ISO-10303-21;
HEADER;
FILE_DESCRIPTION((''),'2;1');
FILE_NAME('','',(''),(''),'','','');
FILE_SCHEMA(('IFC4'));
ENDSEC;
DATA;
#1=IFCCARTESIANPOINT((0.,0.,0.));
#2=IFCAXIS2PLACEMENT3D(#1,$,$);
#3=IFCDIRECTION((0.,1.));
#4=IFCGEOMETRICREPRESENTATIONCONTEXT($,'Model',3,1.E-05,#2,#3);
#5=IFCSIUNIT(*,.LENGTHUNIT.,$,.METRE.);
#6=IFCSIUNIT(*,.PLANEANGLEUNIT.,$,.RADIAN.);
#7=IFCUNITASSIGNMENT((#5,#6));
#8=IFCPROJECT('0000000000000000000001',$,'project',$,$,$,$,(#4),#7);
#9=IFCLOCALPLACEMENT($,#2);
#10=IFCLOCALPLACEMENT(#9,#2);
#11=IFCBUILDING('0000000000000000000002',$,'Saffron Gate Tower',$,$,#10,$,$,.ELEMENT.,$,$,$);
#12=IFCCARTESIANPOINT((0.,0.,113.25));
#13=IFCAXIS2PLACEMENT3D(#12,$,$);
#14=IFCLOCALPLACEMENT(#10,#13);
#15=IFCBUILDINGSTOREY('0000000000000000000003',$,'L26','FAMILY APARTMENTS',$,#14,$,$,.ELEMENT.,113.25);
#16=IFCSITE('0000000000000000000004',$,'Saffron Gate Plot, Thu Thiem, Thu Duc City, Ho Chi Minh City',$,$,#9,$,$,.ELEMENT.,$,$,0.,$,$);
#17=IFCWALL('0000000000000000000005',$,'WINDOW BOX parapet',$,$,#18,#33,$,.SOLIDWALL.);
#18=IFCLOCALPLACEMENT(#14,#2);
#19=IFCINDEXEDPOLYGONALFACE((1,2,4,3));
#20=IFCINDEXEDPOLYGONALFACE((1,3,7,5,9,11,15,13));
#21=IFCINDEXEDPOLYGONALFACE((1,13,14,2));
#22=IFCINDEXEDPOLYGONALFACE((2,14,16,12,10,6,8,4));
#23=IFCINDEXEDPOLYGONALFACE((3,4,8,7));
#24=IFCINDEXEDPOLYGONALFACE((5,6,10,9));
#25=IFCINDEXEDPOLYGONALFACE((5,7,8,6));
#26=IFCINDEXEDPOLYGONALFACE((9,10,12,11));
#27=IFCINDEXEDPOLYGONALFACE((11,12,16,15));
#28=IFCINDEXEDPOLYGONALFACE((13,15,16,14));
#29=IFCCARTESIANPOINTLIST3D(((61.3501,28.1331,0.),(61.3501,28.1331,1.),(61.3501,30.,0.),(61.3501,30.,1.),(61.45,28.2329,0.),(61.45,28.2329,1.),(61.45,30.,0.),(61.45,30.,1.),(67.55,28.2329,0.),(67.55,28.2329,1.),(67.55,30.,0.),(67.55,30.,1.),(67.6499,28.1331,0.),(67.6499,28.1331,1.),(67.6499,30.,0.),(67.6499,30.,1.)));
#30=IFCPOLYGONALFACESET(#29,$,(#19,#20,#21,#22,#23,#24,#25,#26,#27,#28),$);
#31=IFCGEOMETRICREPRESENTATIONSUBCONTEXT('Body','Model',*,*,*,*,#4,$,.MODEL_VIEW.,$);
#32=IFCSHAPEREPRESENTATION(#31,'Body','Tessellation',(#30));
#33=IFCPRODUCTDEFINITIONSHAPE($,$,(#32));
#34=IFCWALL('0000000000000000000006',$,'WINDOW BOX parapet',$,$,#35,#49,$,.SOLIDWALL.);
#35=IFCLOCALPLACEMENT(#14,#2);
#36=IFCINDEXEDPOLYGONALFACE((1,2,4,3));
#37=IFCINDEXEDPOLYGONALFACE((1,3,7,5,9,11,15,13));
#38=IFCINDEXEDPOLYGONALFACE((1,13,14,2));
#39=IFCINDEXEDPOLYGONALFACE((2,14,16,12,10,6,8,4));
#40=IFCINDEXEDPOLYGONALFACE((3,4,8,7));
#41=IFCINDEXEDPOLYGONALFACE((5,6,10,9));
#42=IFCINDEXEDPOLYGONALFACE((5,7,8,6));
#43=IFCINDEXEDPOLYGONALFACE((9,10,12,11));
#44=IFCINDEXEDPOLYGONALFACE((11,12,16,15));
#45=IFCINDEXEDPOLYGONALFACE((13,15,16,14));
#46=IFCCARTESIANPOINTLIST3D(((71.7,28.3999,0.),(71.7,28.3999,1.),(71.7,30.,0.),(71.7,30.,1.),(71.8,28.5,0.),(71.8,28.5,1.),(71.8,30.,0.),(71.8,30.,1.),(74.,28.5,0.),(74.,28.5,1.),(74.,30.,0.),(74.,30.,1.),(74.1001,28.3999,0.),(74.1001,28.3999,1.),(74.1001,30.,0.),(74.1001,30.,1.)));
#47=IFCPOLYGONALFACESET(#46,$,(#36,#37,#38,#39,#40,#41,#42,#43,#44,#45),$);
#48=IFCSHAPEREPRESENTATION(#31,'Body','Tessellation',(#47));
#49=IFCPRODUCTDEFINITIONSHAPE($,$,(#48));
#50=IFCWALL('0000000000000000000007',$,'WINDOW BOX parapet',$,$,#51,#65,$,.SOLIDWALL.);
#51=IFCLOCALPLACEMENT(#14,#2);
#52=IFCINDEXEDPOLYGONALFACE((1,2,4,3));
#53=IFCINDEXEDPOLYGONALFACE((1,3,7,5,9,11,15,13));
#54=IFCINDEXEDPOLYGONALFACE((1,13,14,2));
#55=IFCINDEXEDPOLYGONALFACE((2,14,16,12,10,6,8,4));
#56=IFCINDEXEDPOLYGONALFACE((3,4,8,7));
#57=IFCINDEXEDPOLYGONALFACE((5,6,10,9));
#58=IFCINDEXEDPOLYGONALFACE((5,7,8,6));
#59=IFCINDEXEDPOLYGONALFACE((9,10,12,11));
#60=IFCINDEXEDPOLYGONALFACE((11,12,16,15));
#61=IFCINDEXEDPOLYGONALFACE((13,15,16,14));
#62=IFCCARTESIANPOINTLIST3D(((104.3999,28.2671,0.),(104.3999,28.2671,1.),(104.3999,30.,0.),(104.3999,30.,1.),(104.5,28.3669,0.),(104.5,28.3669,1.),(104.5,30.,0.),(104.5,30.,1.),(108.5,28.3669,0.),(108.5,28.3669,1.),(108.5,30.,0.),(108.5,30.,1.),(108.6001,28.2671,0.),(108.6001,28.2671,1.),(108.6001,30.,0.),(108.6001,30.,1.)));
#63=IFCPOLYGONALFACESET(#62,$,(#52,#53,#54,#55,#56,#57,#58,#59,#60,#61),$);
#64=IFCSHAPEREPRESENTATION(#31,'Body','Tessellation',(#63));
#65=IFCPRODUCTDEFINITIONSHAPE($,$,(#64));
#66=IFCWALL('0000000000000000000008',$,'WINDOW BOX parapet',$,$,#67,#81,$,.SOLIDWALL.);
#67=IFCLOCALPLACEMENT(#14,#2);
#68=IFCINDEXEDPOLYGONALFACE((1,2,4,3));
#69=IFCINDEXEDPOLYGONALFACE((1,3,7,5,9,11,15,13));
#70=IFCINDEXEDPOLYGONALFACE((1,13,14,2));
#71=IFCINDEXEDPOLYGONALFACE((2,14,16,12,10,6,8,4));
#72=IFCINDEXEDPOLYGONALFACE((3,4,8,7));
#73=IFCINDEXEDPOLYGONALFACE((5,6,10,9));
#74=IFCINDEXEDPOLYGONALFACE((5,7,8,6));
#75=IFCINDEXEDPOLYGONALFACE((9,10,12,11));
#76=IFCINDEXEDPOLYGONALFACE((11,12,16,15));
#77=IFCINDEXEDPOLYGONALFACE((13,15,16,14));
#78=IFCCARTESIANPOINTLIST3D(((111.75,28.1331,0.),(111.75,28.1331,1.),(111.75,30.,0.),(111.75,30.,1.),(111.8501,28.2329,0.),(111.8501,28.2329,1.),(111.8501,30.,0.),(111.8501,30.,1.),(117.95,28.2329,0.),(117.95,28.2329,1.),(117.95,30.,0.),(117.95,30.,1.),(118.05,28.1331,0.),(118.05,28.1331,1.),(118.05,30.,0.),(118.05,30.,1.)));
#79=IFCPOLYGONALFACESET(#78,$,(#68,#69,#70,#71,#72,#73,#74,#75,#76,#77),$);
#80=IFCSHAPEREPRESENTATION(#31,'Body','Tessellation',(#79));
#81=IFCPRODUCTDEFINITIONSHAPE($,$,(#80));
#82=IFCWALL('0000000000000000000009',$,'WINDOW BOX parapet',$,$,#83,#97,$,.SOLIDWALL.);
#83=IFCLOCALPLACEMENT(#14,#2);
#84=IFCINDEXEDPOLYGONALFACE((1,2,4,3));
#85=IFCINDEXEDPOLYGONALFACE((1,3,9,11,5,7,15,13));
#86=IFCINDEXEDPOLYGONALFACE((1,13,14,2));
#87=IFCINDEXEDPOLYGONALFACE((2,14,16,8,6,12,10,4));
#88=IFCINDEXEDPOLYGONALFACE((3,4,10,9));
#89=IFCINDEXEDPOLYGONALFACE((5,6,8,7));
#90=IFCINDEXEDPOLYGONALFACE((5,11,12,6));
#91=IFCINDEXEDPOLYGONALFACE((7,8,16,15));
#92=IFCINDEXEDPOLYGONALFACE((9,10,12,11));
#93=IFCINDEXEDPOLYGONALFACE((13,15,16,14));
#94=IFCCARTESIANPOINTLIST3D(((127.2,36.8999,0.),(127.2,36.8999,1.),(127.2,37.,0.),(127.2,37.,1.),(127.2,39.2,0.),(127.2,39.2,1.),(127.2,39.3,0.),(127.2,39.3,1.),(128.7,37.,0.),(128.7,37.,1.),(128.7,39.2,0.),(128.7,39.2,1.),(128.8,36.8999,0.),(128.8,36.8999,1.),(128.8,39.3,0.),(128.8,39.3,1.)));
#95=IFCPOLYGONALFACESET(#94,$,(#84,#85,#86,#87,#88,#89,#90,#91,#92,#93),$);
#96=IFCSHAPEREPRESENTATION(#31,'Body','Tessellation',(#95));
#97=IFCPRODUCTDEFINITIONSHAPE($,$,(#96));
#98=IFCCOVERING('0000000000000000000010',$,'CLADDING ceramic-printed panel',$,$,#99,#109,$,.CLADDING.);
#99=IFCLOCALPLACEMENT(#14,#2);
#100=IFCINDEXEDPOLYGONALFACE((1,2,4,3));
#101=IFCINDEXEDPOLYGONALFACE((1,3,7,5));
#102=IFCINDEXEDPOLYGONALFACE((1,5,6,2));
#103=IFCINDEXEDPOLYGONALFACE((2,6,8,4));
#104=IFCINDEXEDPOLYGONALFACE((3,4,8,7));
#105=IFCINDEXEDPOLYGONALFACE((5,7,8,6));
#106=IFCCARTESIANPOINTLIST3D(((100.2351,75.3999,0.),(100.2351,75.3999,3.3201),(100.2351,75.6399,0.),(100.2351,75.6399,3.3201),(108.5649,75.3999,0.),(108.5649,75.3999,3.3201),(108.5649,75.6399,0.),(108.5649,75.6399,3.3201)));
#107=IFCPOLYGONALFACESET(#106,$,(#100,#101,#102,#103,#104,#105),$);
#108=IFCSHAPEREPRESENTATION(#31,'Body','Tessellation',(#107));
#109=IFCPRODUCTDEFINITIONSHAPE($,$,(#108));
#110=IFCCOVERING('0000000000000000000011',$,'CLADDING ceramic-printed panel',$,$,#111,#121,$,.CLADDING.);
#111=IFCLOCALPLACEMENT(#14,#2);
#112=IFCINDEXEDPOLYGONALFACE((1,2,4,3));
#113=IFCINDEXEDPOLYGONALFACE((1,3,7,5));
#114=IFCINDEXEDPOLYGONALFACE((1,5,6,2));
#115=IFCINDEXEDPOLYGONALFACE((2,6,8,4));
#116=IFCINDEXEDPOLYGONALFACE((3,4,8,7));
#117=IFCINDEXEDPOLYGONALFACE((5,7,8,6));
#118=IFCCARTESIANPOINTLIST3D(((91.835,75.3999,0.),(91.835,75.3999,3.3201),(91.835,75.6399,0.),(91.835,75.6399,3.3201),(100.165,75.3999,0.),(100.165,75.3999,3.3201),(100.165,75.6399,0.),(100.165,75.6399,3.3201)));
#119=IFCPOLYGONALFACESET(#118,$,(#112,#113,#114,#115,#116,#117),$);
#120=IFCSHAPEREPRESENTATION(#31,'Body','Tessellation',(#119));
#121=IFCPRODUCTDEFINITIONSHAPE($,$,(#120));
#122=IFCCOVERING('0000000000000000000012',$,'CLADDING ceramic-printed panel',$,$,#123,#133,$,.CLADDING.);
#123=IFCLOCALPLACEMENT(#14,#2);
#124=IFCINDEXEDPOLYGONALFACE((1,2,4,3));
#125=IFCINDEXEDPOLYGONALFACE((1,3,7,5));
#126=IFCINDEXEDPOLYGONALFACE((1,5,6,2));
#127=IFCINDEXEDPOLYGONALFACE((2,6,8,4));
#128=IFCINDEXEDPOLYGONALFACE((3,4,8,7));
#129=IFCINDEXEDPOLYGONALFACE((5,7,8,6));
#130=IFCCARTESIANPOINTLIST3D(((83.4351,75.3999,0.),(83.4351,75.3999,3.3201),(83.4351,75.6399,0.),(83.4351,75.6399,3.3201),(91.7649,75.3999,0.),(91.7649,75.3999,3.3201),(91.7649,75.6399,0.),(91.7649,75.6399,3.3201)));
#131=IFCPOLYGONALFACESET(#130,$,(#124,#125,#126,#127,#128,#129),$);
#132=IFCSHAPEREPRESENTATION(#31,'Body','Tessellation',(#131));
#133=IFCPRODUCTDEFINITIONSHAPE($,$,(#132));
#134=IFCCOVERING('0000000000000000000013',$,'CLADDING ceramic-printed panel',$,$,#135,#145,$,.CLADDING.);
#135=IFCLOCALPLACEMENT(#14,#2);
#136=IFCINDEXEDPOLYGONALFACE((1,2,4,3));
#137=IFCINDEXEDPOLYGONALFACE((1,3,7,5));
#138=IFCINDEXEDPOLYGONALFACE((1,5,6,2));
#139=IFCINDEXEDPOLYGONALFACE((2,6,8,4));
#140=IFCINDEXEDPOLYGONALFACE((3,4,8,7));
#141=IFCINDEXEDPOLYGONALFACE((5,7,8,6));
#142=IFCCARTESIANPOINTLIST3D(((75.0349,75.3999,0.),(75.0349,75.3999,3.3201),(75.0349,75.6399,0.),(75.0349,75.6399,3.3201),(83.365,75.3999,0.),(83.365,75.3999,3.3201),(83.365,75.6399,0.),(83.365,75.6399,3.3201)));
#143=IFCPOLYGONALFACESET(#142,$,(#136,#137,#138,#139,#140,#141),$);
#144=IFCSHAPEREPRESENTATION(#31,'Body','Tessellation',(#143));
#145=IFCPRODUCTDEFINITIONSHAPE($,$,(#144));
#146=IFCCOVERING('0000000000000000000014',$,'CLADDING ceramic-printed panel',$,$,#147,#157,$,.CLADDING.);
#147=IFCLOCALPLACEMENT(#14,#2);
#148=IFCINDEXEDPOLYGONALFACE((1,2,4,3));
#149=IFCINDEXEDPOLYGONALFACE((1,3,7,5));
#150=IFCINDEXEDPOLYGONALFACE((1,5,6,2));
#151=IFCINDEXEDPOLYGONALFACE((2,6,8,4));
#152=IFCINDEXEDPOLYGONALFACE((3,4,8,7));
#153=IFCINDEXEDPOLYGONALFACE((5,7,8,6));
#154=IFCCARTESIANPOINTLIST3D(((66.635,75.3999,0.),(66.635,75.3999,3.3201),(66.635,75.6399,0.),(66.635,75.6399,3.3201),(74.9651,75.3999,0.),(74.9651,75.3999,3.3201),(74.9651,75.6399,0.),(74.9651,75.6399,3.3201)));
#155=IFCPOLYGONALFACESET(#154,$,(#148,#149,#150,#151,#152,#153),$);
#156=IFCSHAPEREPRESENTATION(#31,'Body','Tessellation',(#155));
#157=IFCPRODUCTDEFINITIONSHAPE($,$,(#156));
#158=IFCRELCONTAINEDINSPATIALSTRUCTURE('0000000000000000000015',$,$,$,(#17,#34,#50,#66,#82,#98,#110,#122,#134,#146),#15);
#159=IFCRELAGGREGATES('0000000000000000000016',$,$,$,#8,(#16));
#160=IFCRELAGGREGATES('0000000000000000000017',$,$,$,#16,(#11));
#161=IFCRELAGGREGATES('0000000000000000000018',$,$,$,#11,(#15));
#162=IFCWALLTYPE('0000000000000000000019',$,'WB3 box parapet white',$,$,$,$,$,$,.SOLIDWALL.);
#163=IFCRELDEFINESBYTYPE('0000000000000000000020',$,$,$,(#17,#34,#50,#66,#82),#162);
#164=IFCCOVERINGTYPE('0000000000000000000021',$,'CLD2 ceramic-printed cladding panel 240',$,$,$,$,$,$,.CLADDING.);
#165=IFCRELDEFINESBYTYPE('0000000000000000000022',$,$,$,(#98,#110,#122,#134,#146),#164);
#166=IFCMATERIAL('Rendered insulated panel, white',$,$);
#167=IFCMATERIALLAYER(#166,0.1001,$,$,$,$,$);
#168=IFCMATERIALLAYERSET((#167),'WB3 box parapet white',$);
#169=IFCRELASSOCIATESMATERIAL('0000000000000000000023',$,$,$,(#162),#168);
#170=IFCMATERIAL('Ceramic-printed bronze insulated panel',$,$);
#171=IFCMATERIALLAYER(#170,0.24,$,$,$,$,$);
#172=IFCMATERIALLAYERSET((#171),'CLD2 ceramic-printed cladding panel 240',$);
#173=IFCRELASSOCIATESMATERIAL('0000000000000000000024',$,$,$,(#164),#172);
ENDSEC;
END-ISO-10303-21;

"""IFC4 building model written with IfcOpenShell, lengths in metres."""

from ifc_helpers import new_model, si_unit, direction, frame, origin, place, context, subcontext, project, spatial, polyline, outline, extrude, material, layer, layer_set, type_object, element, save


model = new_model("IFC4")

# Units and contexts
model_context = context("Model", 3, precision=1e-05, world=origin(), true_north=direction((0.0, 1.0)))
body_context = subcontext(model_context, "Body", "Model", "MODEL_VIEW")
ifc_project = project(units=[si_unit("LENGTHUNIT", "METRE"), si_unit("PLANEANGLEUNIT", "RADIAN")], contexts=[model_context])

# Site, building, storey
site_placement = place(None, origin())
site = spatial("IfcSite", under=ifc_project, at=site_placement, Name="Saffron Gate Plot, Thu Thiem, Thu Duc City, Ho Chi Minh City", CompositionType="ELEMENT", RefElevation=0.0)
building_placement = place(site_placement, origin())
building = spatial("IfcBuilding", under=site, at=building_placement, Name="Saffron Gate Tower", CompositionType="ELEMENT")
storey_placement = place(building_placement, frame((0.0, 0.0, 113.25)))
storey = spatial("IfcBuildingStorey", under=building, at=storey_placement, Name="L26", Description="FAMILY APARTMENTS", CompositionType="ELEMENT", Elevation=113.25)

# Walls
ifc_material_1 = material(Name="Rendered insulated panel, white")
ifc_layer_1 = layer(ifc_material_1, 0.1001)
ifc_layer_set_1 = layer_set([ifc_layer_1], Name="WB3 box parapet white")
wall_type = type_object("IfcWallType", Name="WB3 box parapet white", PredefinedType="SOLIDWALL", material=ifc_layer_set_1)
wall_1_placement = place(storey_placement, origin())
element("IfcWall", 1, at=wall_1_placement, inside=storey, type_object=wall_type, Name="WINDOW BOX parapet", PredefinedType="SOLIDWALL", context=body_context, shape_type="SweptSolid", body=[
    extrude(outline(polyline([(61.3501, 30.0), (61.45, 30.0), (61.45, 28.2329), (67.55, 28.2329), (67.55, 30.0), (67.6499, 30.0), (67.6499, 28.1331), (61.3501, 28.1331), (61.3501, 30.0)])), origin(), (0.0, 0.0, 1.0), 1.0),
])
wall_2_placement = place(storey_placement, origin())
element("IfcWall", 2, at=wall_2_placement, inside=storey, type_object=wall_type, Name="WINDOW BOX parapet", PredefinedType="SOLIDWALL", context=body_context, shape_type="SweptSolid", body=[
    extrude(outline(polyline([(71.7, 30.0), (71.8, 30.0), (71.8, 28.5), (74.0, 28.5), (74.0, 30.0), (74.1001, 30.0), (74.1001, 28.3999), (71.7, 28.3999), (71.7, 30.0)])), origin(), (0.0, 0.0, 1.0), 1.0),
])
wall_3_placement = place(storey_placement, origin())
element("IfcWall", 3, at=wall_3_placement, inside=storey, type_object=wall_type, Name="WINDOW BOX parapet", PredefinedType="SOLIDWALL", context=body_context, shape_type="SweptSolid", body=[
    extrude(outline(polyline([(104.3999, 30.0), (104.5, 30.0), (104.5, 28.3669), (108.5, 28.3669), (108.5, 30.0), (108.6001, 30.0), (108.6001, 28.2671), (104.3999, 28.2671), (104.3999, 30.0)])), origin(), (0.0, 0.0, 1.0), 1.0),
])
wall_4_placement = place(storey_placement, origin())
element("IfcWall", 4, at=wall_4_placement, inside=storey, type_object=wall_type, Name="WINDOW BOX parapet", PredefinedType="SOLIDWALL", context=body_context, shape_type="SweptSolid", body=[
    extrude(outline(polyline([(111.75, 30.0), (111.8501, 30.0), (111.8501, 28.2329), (117.95, 28.2329), (117.95, 30.0), (118.05, 30.0), (118.05, 28.1331), (111.75, 28.1331), (111.75, 30.0)])), origin(), (0.0, 0.0, 1.0), 1.0),
])
wall_5_placement = place(storey_placement, origin())
element("IfcWall", 5, at=wall_5_placement, inside=storey, type_object=wall_type, Name="WINDOW BOX parapet", PredefinedType="SOLIDWALL", context=body_context, shape_type="SweptSolid", body=[
    extrude(outline(polyline([(127.2, 36.8999), (127.2, 37.0), (128.7, 37.0), (128.7, 39.2), (127.2, 39.2), (127.2, 39.3), (128.8, 39.3), (128.8, 36.8999), (127.2, 36.8999)])), origin(), (0.0, 0.0, 1.0), 1.0),
])

# Coverings
ifc_material_2 = material(Name="Ceramic-printed bronze insulated panel")
ifc_layer_2 = layer(ifc_material_2, 0.24)
ifc_layer_set_2 = layer_set([ifc_layer_2], Name="CLD2 ceramic-printed cladding panel 240")
covering_type = type_object("IfcCoveringType", Name="CLD2 ceramic-printed cladding panel 240", PredefinedType="CLADDING", material=ifc_layer_set_2)
covering_1_placement = place(storey_placement, origin())
element("IfcCovering", 6, at=covering_1_placement, inside=storey, type_object=covering_type, Name="CLADDING ceramic-printed panel", PredefinedType="CLADDING", context=body_context, shape_type="SweptSolid", body=[
    extrude(outline(polyline([(108.5649, 75.6399), (100.2351, 75.6399), (100.2351, 75.3999), (108.5649, 75.3999), (108.5649, 75.6399)])), origin(), (0.0, 0.0, 1.0), 3.3201),
])
covering_2_placement = place(storey_placement, origin())
element("IfcCovering", 7, at=covering_2_placement, inside=storey, type_object=covering_type, Name="CLADDING ceramic-printed panel", PredefinedType="CLADDING", context=body_context, shape_type="SweptSolid", body=[
    extrude(outline(polyline([(100.165, 75.6399), (91.835, 75.6399), (91.835, 75.3999), (100.165, 75.3999), (100.165, 75.6399)])), origin(), (0.0, 0.0, 1.0), 3.3201),
])
covering_3_placement = place(storey_placement, origin())
element("IfcCovering", 8, at=covering_3_placement, inside=storey, type_object=covering_type, Name="CLADDING ceramic-printed panel", PredefinedType="CLADDING", context=body_context, shape_type="SweptSolid", body=[
    extrude(outline(polyline([(91.7649, 75.6399), (83.4351, 75.6399), (83.4351, 75.3999), (91.7649, 75.3999), (91.7649, 75.6399)])), origin(), (0.0, 0.0, 1.0), 3.3201),
])
covering_4_placement = place(storey_placement, origin())
element("IfcCovering", 9, at=covering_4_placement, inside=storey, type_object=covering_type, Name="CLADDING ceramic-printed panel", PredefinedType="CLADDING", context=body_context, shape_type="SweptSolid", body=[
    extrude(outline(polyline([(83.365, 75.6399), (75.0349, 75.6399), (75.0349, 75.3999), (83.365, 75.3999), (83.365, 75.6399)])), origin(), (0.0, 0.0, 1.0), 3.3201),
])
covering_5_placement = place(storey_placement, origin())
element("IfcCovering", 10, at=covering_5_placement, inside=storey, type_object=covering_type, Name="CLADDING ceramic-printed panel", PredefinedType="CLADDING", context=body_context, shape_type="SweptSolid", body=[
    extrude(outline(polyline([(74.9651, 75.6399), (66.635, 75.6399), (66.635, 75.3999), (74.9651, 75.3999), (74.9651, 75.6399)])), origin(), (0.0, 0.0, 1.0), 3.3201),
])

save(model, "model.ifc")
